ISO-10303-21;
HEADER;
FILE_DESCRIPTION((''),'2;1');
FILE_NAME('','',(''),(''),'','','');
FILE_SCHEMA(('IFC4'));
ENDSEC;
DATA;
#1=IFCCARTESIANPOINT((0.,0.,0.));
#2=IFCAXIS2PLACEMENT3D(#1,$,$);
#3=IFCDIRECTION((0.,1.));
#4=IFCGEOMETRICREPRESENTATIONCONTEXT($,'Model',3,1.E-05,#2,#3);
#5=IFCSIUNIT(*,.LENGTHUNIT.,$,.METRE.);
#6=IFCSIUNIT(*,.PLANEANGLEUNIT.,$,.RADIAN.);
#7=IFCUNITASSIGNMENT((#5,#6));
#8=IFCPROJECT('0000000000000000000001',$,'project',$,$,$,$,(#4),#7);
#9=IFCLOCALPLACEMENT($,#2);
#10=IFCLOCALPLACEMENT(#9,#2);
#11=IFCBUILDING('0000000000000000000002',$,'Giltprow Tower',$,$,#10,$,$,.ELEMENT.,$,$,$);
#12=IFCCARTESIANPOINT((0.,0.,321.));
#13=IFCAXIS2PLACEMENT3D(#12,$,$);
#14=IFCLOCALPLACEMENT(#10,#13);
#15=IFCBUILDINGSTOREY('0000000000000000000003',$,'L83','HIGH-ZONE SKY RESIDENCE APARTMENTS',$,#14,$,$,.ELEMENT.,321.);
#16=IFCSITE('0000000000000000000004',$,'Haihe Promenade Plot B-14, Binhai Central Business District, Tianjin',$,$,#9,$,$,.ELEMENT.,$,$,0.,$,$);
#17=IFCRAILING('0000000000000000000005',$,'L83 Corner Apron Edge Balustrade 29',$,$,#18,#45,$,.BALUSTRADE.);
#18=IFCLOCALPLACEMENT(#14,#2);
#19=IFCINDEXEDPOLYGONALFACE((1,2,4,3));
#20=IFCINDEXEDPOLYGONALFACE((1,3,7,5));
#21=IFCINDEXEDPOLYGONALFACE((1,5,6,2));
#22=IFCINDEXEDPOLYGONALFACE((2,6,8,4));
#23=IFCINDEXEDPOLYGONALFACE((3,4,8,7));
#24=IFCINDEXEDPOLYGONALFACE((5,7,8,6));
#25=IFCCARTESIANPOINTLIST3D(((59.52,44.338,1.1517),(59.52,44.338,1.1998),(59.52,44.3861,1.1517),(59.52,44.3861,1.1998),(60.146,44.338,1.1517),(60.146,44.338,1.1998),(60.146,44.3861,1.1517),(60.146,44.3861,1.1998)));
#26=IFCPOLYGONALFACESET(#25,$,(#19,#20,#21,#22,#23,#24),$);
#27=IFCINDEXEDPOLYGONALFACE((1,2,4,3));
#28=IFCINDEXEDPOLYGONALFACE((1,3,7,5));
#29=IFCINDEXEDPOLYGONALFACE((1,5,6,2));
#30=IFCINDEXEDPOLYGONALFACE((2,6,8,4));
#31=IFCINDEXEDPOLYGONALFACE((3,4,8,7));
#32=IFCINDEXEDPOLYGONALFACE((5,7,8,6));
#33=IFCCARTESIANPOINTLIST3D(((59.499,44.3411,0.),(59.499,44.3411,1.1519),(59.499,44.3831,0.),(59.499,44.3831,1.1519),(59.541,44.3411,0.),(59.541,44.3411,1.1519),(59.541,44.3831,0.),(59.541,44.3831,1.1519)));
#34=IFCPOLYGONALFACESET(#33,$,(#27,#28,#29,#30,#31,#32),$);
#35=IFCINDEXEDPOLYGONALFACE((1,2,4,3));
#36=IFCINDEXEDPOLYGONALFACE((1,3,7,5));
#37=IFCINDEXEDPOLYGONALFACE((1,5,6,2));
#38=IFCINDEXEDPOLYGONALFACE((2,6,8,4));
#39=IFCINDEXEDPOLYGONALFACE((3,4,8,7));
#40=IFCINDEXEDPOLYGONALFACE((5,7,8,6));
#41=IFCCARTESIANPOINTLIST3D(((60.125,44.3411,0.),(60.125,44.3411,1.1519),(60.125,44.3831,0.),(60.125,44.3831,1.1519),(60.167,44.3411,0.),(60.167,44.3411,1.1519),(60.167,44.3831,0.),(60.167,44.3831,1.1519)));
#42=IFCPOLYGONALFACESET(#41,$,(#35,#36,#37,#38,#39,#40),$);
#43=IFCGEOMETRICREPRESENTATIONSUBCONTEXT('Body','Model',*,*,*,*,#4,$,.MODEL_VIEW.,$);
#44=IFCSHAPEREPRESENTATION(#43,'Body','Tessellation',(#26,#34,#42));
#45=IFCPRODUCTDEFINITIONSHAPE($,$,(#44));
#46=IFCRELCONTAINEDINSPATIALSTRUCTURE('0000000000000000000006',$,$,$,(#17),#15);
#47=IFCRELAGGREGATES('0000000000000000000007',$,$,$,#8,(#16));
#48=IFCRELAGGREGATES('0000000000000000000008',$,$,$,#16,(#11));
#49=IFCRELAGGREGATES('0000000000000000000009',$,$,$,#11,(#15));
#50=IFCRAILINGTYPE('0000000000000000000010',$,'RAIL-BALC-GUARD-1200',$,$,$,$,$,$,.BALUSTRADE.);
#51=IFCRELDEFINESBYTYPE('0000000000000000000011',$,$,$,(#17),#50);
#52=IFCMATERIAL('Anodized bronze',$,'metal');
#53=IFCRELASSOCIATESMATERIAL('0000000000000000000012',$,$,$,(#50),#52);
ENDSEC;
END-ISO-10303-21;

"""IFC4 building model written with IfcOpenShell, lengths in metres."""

from ifc_helpers import new_model, si_unit, direction, frame, origin, origin_2d, place, context, subcontext, project, spatial, rectangle, extrude, material, type_object, element, save


model = new_model("IFC4")

# Units and contexts
model_context = context("Model", 3, precision=1e-05, world=origin(), true_north=direction((0.0, 1.0)))
body_context = subcontext(model_context, "Body", "Model", "MODEL_VIEW")
ifc_project = project(units=[si_unit("LENGTHUNIT", "METRE"), si_unit("PLANEANGLEUNIT", "RADIAN")], contexts=[model_context])

# Site, building, storey
site_placement = place(None, origin())
site = spatial("IfcSite", under=ifc_project, at=site_placement, Name="Haihe Promenade Plot B-14, Binhai Central Business District, Tianjin", CompositionType="ELEMENT", RefElevation=0.0)
building_placement = place(site_placement, origin())
building = spatial("IfcBuilding", under=site, at=building_placement, Name="Giltprow Tower", CompositionType="ELEMENT")
storey_placement = place(building_placement, frame((0.0, 0.0, 321.0)))
storey = spatial("IfcBuildingStorey", under=building, at=storey_placement, Name="L83", Description="HIGH-ZONE SKY RESIDENCE APARTMENTS", CompositionType="ELEMENT", Elevation=321.0)

# Railing
ifc_material_1 = material(Name="Anodized bronze", Category="metal")
railing_type = type_object("IfcRailingType", Name="RAIL-BALC-GUARD-1200", PredefinedType="BALUSTRADE", material=ifc_material_1)
railing_1_placement = place(storey_placement, frame((59.52, 44.3621, 0.0)))
element("IfcRailing", 1, at=railing_1_placement, inside=storey, type_object=railing_type, Name="L83 Corner Apron Edge Balustrade 29", PredefinedType="BALUSTRADE", context=body_context, shape_type="SweptSolid", body=[
    extrude(rectangle(XDim=0.0481, YDim=0.0481, at=origin_2d()), frame((0.0, 0.0, 1.1758), z_axis=(1.0, 0.0, 0.0), x_axis=(0.0, 1.0, 0.0)), (0.0, 0.0, 1.0), 0.626),
    extrude(rectangle(XDim=0.042, YDim=0.042, at=origin_2d()), origin(), (0.0, 0.0, 1.0), 1.1519),
    extrude(rectangle(XDim=0.042, YDim=0.042, at=origin_2d()), frame((0.626, 0.0, 0.0)), (0.0, 0.0, 1.0), 1.1519),
])

save(model, "model.ifc")
